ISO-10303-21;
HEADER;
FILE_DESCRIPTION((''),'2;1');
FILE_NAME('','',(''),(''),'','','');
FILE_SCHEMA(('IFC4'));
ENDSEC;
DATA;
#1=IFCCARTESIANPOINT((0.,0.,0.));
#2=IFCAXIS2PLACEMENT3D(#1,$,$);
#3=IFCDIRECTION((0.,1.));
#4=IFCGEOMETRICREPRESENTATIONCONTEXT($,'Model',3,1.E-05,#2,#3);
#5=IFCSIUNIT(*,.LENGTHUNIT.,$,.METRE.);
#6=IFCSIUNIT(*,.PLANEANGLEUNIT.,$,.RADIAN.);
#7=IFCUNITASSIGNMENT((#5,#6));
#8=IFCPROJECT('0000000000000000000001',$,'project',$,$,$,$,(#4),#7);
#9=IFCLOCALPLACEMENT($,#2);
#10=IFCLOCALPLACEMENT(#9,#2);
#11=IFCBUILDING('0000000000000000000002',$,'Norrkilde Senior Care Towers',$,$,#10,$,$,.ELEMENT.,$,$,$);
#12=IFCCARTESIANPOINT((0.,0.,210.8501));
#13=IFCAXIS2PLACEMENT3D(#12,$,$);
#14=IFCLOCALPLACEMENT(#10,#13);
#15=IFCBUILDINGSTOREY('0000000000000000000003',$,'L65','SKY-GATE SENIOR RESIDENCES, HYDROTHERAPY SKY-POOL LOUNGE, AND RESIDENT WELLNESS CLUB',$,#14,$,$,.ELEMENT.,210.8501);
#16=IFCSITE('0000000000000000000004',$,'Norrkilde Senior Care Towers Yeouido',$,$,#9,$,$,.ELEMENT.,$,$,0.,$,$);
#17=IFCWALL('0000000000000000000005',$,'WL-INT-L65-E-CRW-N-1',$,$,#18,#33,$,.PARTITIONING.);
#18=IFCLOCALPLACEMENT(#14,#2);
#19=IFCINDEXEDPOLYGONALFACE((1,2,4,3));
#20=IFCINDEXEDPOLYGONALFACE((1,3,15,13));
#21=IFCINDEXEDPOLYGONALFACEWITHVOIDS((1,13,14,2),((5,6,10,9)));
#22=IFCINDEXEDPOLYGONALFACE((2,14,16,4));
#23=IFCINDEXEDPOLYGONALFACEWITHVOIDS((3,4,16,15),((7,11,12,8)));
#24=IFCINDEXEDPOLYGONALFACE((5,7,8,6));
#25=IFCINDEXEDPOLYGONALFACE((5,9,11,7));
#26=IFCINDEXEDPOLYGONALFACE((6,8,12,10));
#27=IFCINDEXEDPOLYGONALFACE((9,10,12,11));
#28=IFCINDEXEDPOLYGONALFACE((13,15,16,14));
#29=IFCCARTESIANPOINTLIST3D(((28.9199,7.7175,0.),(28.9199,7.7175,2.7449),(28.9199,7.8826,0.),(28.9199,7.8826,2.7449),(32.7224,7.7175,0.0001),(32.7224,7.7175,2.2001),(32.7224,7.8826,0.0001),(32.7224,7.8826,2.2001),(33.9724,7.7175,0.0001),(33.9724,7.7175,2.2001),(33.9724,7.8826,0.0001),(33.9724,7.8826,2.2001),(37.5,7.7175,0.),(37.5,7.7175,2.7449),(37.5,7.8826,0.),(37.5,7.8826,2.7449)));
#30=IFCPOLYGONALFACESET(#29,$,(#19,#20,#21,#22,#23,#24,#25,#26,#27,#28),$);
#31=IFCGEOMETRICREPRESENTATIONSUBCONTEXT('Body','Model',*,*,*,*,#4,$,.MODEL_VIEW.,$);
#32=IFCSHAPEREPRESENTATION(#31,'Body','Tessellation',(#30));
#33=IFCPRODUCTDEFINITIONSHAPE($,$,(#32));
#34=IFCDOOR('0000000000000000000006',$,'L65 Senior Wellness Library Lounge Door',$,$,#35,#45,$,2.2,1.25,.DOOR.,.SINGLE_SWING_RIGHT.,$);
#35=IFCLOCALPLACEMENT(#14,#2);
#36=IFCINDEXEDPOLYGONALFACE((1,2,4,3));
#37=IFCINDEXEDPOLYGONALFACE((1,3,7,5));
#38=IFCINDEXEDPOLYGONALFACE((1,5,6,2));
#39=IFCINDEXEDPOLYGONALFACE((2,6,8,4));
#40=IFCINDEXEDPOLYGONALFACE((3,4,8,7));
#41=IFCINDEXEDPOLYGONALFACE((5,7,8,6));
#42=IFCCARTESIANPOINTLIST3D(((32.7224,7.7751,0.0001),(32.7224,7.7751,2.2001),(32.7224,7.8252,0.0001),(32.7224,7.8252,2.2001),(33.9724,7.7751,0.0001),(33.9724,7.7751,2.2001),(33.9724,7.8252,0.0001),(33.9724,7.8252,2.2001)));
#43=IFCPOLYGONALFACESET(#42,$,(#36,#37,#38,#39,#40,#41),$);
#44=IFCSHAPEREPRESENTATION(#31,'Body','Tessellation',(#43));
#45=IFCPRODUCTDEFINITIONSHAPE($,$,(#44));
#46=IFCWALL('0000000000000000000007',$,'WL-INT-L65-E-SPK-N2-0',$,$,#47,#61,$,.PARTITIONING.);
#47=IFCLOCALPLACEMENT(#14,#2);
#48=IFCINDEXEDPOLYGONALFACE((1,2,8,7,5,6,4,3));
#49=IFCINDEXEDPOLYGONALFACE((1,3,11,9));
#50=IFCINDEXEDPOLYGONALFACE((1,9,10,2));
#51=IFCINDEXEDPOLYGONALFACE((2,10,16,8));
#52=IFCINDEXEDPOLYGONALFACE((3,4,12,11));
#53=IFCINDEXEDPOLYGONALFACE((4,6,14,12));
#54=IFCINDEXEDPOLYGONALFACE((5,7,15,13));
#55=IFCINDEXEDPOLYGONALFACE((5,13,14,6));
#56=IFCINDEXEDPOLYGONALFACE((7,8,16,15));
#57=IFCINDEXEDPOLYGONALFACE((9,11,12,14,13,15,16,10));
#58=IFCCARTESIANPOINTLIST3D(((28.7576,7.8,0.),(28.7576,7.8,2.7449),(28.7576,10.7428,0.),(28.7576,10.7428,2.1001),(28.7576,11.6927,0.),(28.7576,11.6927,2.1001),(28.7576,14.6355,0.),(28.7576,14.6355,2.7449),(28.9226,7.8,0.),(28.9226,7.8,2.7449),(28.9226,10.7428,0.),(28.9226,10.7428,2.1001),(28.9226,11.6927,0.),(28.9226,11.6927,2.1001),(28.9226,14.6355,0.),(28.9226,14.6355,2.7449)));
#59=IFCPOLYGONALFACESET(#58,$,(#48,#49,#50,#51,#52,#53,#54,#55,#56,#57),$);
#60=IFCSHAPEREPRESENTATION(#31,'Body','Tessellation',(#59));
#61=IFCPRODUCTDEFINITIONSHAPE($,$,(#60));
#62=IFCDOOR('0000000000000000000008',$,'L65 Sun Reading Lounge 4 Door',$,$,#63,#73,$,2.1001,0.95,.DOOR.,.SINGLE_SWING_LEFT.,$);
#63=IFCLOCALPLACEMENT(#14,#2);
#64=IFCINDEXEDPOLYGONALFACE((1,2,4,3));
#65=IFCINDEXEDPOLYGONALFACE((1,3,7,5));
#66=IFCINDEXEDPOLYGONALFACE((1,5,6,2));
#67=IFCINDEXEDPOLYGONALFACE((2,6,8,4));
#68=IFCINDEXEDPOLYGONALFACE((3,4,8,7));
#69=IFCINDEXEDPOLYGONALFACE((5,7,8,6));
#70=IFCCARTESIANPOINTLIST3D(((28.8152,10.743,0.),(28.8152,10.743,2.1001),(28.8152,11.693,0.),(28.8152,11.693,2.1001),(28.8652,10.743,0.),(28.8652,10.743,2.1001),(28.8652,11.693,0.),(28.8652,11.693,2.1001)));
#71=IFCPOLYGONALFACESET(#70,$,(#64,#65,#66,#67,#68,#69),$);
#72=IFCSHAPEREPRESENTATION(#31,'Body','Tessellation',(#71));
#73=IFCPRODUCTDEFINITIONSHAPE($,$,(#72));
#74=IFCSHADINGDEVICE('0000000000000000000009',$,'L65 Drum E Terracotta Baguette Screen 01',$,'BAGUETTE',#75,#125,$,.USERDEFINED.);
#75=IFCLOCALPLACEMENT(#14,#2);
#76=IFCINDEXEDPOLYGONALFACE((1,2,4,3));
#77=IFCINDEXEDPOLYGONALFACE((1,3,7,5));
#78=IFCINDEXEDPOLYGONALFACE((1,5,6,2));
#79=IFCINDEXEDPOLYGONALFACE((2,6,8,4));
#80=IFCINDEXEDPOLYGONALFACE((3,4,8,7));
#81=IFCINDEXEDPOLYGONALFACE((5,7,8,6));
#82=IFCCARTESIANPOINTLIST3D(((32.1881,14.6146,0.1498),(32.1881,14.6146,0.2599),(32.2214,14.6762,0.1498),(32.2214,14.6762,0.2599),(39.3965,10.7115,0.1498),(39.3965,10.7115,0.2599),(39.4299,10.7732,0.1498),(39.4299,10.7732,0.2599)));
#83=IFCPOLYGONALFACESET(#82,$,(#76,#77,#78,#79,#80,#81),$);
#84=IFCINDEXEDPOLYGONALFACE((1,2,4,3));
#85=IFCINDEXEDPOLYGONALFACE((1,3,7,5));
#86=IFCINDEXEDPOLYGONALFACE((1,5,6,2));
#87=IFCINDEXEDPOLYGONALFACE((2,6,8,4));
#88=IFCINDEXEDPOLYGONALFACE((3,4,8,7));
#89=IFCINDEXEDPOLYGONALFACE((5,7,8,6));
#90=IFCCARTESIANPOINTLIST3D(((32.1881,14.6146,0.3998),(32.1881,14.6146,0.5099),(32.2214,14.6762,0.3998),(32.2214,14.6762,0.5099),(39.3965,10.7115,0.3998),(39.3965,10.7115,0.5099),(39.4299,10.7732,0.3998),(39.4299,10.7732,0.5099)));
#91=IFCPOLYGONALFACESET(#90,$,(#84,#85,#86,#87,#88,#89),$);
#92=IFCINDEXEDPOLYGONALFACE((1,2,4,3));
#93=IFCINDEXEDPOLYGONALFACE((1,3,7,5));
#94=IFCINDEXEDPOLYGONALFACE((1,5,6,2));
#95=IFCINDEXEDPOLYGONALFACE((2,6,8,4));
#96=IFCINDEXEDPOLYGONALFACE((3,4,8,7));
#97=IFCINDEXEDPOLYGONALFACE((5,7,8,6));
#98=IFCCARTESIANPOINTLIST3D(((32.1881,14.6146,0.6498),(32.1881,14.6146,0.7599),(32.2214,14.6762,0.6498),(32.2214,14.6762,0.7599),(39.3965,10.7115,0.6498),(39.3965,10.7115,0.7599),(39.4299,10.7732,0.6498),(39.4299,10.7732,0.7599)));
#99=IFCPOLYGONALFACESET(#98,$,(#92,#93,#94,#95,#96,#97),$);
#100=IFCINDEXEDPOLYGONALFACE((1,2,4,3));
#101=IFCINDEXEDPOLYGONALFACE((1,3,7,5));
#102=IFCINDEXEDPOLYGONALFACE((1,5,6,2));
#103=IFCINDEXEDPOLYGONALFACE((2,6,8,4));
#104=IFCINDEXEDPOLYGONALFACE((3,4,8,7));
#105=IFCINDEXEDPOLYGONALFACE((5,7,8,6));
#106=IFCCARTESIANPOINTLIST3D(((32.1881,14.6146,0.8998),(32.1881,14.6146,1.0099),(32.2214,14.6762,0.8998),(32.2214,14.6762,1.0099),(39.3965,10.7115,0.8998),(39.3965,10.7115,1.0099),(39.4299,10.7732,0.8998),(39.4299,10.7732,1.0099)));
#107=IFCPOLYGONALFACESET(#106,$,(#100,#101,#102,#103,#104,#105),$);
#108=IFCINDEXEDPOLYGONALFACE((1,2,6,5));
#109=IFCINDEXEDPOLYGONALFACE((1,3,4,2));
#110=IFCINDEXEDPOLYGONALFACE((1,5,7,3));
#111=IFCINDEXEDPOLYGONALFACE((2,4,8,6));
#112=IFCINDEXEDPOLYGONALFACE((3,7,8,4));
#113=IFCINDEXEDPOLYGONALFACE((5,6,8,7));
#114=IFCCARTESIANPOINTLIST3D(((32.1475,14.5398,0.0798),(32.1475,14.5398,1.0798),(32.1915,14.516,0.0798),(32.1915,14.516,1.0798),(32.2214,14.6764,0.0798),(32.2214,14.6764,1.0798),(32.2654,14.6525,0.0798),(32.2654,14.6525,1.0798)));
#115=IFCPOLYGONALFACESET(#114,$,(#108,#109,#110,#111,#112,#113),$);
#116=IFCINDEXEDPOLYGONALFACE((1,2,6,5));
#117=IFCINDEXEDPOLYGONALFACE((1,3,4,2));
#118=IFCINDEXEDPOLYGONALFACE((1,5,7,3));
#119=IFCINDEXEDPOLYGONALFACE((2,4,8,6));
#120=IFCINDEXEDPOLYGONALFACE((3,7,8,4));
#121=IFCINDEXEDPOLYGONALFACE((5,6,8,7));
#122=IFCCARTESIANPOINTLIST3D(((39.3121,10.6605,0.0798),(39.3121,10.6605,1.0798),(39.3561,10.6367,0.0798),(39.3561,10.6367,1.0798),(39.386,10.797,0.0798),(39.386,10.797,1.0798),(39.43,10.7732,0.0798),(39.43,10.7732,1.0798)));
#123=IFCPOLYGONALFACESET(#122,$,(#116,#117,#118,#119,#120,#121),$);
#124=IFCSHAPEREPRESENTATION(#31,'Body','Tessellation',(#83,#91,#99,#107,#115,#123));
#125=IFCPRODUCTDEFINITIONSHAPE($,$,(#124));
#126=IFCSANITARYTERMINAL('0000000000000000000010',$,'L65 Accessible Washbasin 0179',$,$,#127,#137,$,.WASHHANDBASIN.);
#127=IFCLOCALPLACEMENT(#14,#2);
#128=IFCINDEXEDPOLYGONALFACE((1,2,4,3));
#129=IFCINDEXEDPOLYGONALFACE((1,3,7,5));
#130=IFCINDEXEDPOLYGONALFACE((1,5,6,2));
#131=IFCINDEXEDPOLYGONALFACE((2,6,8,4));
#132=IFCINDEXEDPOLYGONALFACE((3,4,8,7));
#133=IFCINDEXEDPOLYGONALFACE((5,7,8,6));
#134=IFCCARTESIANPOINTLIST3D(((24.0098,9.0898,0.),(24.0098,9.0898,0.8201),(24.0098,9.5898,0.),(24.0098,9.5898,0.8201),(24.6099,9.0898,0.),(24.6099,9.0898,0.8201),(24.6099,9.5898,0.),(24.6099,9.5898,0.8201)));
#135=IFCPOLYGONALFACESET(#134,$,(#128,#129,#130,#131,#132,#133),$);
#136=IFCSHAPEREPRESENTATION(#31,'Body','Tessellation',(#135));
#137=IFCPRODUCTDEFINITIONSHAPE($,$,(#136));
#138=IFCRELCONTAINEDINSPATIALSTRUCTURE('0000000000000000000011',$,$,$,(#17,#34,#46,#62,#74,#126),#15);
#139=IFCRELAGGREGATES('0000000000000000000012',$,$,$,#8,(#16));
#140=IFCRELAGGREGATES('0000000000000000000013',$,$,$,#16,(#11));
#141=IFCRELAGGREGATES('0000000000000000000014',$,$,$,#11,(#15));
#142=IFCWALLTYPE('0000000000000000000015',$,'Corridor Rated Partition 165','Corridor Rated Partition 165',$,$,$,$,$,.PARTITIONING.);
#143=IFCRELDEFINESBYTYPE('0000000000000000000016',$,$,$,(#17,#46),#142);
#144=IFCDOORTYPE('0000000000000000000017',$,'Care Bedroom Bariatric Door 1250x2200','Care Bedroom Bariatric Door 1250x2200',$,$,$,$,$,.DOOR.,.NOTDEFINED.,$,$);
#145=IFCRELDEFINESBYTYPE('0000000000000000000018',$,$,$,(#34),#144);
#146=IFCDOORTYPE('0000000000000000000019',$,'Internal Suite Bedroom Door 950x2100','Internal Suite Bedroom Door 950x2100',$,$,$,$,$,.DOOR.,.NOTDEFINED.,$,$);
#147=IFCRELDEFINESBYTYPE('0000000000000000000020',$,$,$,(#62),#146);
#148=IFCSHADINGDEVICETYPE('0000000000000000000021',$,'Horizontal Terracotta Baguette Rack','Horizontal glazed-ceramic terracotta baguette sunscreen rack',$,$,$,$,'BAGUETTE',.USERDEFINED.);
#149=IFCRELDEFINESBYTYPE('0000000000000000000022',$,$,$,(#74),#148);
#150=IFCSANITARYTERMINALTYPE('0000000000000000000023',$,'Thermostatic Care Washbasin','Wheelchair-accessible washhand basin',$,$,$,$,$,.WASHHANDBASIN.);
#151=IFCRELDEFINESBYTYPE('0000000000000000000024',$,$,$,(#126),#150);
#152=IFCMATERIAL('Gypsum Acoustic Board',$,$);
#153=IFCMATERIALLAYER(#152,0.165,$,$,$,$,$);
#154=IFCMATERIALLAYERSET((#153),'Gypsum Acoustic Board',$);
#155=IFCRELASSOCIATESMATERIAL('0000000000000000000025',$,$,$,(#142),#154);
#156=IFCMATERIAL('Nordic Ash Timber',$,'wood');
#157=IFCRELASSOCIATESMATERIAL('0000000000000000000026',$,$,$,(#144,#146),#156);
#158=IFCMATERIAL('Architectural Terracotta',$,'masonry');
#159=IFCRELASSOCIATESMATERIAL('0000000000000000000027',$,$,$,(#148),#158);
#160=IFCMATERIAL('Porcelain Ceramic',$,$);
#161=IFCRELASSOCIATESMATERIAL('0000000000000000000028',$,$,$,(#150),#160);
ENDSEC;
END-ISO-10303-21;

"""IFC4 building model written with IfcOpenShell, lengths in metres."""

from ifc_helpers import new_model, si_unit, direction, frame, frame_2d, origin, origin_2d, place, context, subcontext, project, spatial, rectangle, extrude, source, transform, mapped, material, layer, layer_set, type_object, type_shapes, element, fill, save


model = new_model("IFC4")

# Units and contexts
model_context = context("Model", 3, precision=1e-05, world=origin(), true_north=direction((0.0, 1.0)))
body_context = subcontext(model_context, "Body", "Model", "MODEL_VIEW")
ifc_project = project(units=[si_unit("LENGTHUNIT", "METRE"), si_unit("PLANEANGLEUNIT", "RADIAN")], contexts=[model_context])

# Site, building, storey
site_placement = place(None, origin())
site = spatial("IfcSite", under=ifc_project, at=site_placement, Name="Norrkilde Senior Care Towers Yeouido", CompositionType="ELEMENT", RefElevation=0.0)
building_placement = place(site_placement, origin())
building = spatial("IfcBuilding", under=site, at=building_placement, Name="Norrkilde Senior Care Towers", CompositionType="ELEMENT")
storey_placement = place(building_placement, frame((0.0, 0.0, 210.8501)))
storey = spatial("IfcBuildingStorey", under=building, at=storey_placement, Name="L65", Description="SKY-GATE SENIOR RESIDENCES, HYDROTHERAPY SKY-POOL LOUNGE, AND RESIDENT WELLNESS CLUB", CompositionType="ELEMENT", Elevation=210.8501)

# Shared definitions
ifc_material_1 = material(Name="Gypsum Acoustic Board")
ifc_layer_1 = layer(ifc_material_1, 0.165)
ifc_layer_set_1 = layer_set([ifc_layer_1], Name="Gypsum Acoustic Board")
wall_type = type_object("IfcWallType", Name="Corridor Rated Partition 165", Description="Corridor Rated Partition 165", PredefinedType="PARTITIONING", material=ifc_layer_set_1)

# Walls, openings, doors
shared_shape_1 = source(origin(), body_context, "Body", "SweptSolid", [
    extrude(rectangle(XDim=8.5801, YDim=0.165, at=frame_2d((4.29, 0.0))), origin(), (0.0, 0.0, 1.0), 2.7449),
])
wall_1_placement = place(storey_placement, frame((28.9199, 7.8, 0.0), z_axis=(0.0, 0.0, 1.0), x_axis=(1.0, 0.0, 0.0)))
wall_1 = element("IfcWall", 1, at=wall_1_placement, inside=storey, type_object=wall_type, Name="WL-INT-L65-E-CRW-N-1", PredefinedType="PARTITIONING", context=body_context, shape_type="MappedRepresentation", body=[
    mapped(shared_shape_1, transform((0.0, 0.0, 0.0), x_axis=(1.0, 0.0, 0.0), y_axis=(0.0, 1.0, 0.0), z_axis=(0.0, 0.0, 1.0), scale=1.0)),
])
opening_1_placement = place(wall_1_placement, frame((3.8025, 0.0, 0.0)))
opening_1 = element("IfcOpeningElement", 2, at=opening_1_placement, cuts=wall_1, PredefinedType="OPENING", context=body_context, shape_type="SweptSolid", body=[
    extrude(rectangle(XDim=1.25, YDim=2.2, at=frame_2d((0.625, 1.1001))), frame((0.0, 0.0925, 0.0), z_axis=(0.0, -1.0, 0.0), x_axis=(1.0, 0.0, 0.0)), (0.0, 0.0, 1.0), 0.1851),
])
ifc_material_2 = material(Name="Nordic Ash Timber", Category="wood")
door_type_1 = type_object("IfcDoorType", Name="Care Bedroom Bariatric Door 1250x2200", Description="Care Bedroom Bariatric Door 1250x2200", OperationType="NOTDEFINED", PredefinedType="DOOR", material=ifc_material_2)
shared_shape_2 = source(origin(), body_context, "Body", "SweptSolid", [
    extrude(rectangle(XDim=1.25, YDim=2.2, at=frame_2d((0.625, 1.1001))), frame((0.0, 0.0249, 0.0), z_axis=(0.0, -1.0, 0.0), x_axis=(1.0, 0.0, 0.0)), (0.0, 0.0, 1.0), 0.05),
])
type_shapes(door_type_1, [shared_shape_2])
door_1_placement = place(opening_1_placement, frame((1.25, 0.0, 0.0), z_axis=(0.0, 0.0, 1.0), x_axis=(-1.0, 0.0, 0.0)))
door_1 = element("IfcDoor", 3, at=door_1_placement, inside=storey, type_object=door_type_1, Name="L65 Senior Wellness Library Lounge Door", OperationType="SINGLE_SWING_RIGHT", OverallHeight=2.2, OverallWidth=1.25, PredefinedType="DOOR", context=body_context, shape_type="MappedRepresentation", body=[
    mapped(shared_shape_2, transform((0.0, 0.0, 0.0), x_axis=(1.0, 0.0, 0.0), y_axis=(0.0, 1.0, 0.0), z_axis=(0.0, 0.0, 1.0), scale=1.0)),
])
fill(opening_1, door_1)
shared_shape_3 = source(origin(), body_context, "Body", "SweptSolid", [
    extrude(rectangle(XDim=6.8354, YDim=0.165, at=frame_2d((3.4177, 0.0))), origin(), (0.0, 0.0, 1.0), 2.7449),
])
wall_2_placement = place(storey_placement, frame((28.8401, 14.6355, 0.0), z_axis=(0.0, 0.0, 1.0), x_axis=(0.0, -1.0, 0.0)))
wall_2 = element("IfcWall", 4, at=wall_2_placement, inside=storey, type_object=wall_type, Name="WL-INT-L65-E-SPK-N2-0", PredefinedType="PARTITIONING", context=body_context, shape_type="MappedRepresentation", body=[
    mapped(shared_shape_3, transform((0.0, 0.0, 0.0), x_axis=(1.0, 0.0, 0.0), y_axis=(0.0, 1.0, 0.0), z_axis=(0.0, 0.0, 1.0), scale=1.0)),
])
opening_2_placement = place(wall_2_placement, frame((2.9426, 0.0, 0.0)))
opening_2 = element("IfcOpeningElement", 5, at=opening_2_placement, cuts=wall_2, PredefinedType="OPENING", context=body_context, shape_type="SweptSolid", body=[
    extrude(rectangle(XDim=0.95, YDim=2.1001, at=frame_2d((0.4751, 1.05))), frame((0.0, 0.0925, 0.0), z_axis=(0.0, -1.0, 0.0), x_axis=(1.0, 0.0, 0.0)), (0.0, 0.0, 1.0), 0.1851),
])
door_type_2 = type_object("IfcDoorType", Name="Internal Suite Bedroom Door 950x2100", Description="Internal Suite Bedroom Door 950x2100", OperationType="NOTDEFINED", PredefinedType="DOOR", material=ifc_material_2)
shared_shape_4 = source(origin(), body_context, "Body", "SweptSolid", [
    extrude(rectangle(XDim=0.95, YDim=2.1001, at=frame_2d((0.4751, 1.05))), frame((0.0, 0.0249, 0.0), z_axis=(0.0, -1.0, 0.0), x_axis=(1.0, 0.0, 0.0)), (0.0, 0.0, 1.0), 0.05),
])
type_shapes(door_type_2, [shared_shape_4])
door_2_placement = place(opening_2_placement, frame((0.95, 0.0, 0.0), z_axis=(0.0, 0.0, 1.0), x_axis=(-1.0, 0.0, 0.0)))
door_2 = element("IfcDoor", 6, at=door_2_placement, inside=storey, type_object=door_type_2, Name="L65 Sun Reading Lounge 4 Door", OperationType="SINGLE_SWING_LEFT", OverallHeight=2.1001, OverallWidth=0.95, PredefinedType="DOOR", context=body_context, shape_type="MappedRepresentation", body=[
    mapped(shared_shape_4, transform((0.0, 0.0, 0.0), x_axis=(1.0, 0.0, 0.0), y_axis=(0.0, 1.0, 0.0), z_axis=(0.0, 0.0, 1.0), scale=1.0)),
])
fill(opening_2, door_2)

# Shading device
ifc_material_3 = material(Name="Architectural Terracotta", Category="masonry")
shading_device_type = type_object("IfcShadingDeviceType", Name="Horizontal Terracotta Baguette Rack", Description="Horizontal glazed-ceramic terracotta baguette sunscreen rack", ElementType="BAGUETTE", PredefinedType="USERDEFINED", material=ifc_material_3)
shared_shape_5 = source(origin(), body_context, "Body", "SweptSolid", [
    extrude(rectangle(XDim=0.0701, YDim=0.1101, at=origin_2d()), frame((0.0, 0.0901, 0.125), z_axis=(1.0, 0.0, 0.0), x_axis=(0.0, 1.0, 0.0)), (0.0, 0.0, 1.0), 8.1973),
    extrude(rectangle(XDim=0.0701, YDim=0.1101, at=origin_2d()), frame((0.0, 0.0901, 0.375), z_axis=(1.0, 0.0, 0.0), x_axis=(0.0, 1.0, 0.0)), (0.0, 0.0, 1.0), 8.1973),
    extrude(rectangle(XDim=0.0701, YDim=0.1101, at=origin_2d()), frame((0.0, 0.0901, 0.625), z_axis=(1.0, 0.0, 0.0), x_axis=(0.0, 1.0, 0.0)), (0.0, 0.0, 1.0), 8.1973),
    extrude(rectangle(XDim=0.0701, YDim=0.1101, at=origin_2d()), frame((0.0, 0.0901, 0.875), z_axis=(1.0, 0.0, 0.0), x_axis=(0.0, 1.0, 0.0)), (0.0, 0.0, 1.0), 8.1973),
    extrude(rectangle(XDim=0.05, YDim=0.1553, at=origin_2d()), frame((0.0249, 0.0476, 0.0)), (0.0, 0.0, 1.0), 1.0),
    extrude(rectangle(XDim=0.05, YDim=0.1553, at=origin_2d()), frame((8.1724, 0.0476, 0.0)), (0.0, 0.0, 1.0), 1.0),
])
type_shapes(shading_device_type, [shared_shape_5])
shading_device_placement = place(storey_placement, frame((32.1619, 14.5662, 0.0798), z_axis=(0.0, 0.0, 1.0), x_axis=(0.879378, -0.476144, 0.0)))
element("IfcShadingDevice", 7, at=shading_device_placement, inside=storey, type_object=shading_device_type, Name="L65 Drum E Terracotta Baguette Screen 01", ObjectType="BAGUETTE", PredefinedType="USERDEFINED", context=body_context, shape_type="MappedRepresentation", body=[
    mapped(shared_shape_5, transform((0.0, 0.0, 0.0), x_axis=(1.0, 0.0, 0.0), y_axis=(0.0, 1.0, 0.0), z_axis=(0.0, 0.0, 1.0), scale=1.0)),
])

# Sanitary terminal
ifc_material_4 = material(Name="Porcelain Ceramic")
sanitary_terminal_type = type_object("IfcSanitaryTerminalType", Name="Thermostatic Care Washbasin", Description="Wheelchair-accessible washhand basin", PredefinedType="WASHHANDBASIN", material=ifc_material_4)
shared_shape_6 = source(origin(), body_context, "Body", "SweptSolid", [
    extrude(rectangle(XDim=0.6001, YDim=0.5, at=origin_2d()), origin(), (0.0, 0.0, 1.0), 0.8201),
])
type_shapes(sanitary_terminal_type, [shared_shape_6])
sanitary_terminal_placement = place(storey_placement, frame((24.3098, 9.3398, 0.0), z_axis=(0.0, 0.0, 1.0), x_axis=(1.0, 0.0, 0.0)))
element("IfcSanitaryTerminal", 8, at=sanitary_terminal_placement, inside=storey, type_object=sanitary_terminal_type, Name="L65 Accessible Washbasin 0179", PredefinedType="WASHHANDBASIN", context=body_context, shape_type="MappedRepresentation", body=[
    mapped(shared_shape_6, transform((0.0, 0.0, 0.0), x_axis=(1.0, 0.0, 0.0), y_axis=(0.0, 1.0, 0.0), z_axis=(0.0, 0.0, 1.0), scale=1.0)),
])

save(model, "model.ifc")
